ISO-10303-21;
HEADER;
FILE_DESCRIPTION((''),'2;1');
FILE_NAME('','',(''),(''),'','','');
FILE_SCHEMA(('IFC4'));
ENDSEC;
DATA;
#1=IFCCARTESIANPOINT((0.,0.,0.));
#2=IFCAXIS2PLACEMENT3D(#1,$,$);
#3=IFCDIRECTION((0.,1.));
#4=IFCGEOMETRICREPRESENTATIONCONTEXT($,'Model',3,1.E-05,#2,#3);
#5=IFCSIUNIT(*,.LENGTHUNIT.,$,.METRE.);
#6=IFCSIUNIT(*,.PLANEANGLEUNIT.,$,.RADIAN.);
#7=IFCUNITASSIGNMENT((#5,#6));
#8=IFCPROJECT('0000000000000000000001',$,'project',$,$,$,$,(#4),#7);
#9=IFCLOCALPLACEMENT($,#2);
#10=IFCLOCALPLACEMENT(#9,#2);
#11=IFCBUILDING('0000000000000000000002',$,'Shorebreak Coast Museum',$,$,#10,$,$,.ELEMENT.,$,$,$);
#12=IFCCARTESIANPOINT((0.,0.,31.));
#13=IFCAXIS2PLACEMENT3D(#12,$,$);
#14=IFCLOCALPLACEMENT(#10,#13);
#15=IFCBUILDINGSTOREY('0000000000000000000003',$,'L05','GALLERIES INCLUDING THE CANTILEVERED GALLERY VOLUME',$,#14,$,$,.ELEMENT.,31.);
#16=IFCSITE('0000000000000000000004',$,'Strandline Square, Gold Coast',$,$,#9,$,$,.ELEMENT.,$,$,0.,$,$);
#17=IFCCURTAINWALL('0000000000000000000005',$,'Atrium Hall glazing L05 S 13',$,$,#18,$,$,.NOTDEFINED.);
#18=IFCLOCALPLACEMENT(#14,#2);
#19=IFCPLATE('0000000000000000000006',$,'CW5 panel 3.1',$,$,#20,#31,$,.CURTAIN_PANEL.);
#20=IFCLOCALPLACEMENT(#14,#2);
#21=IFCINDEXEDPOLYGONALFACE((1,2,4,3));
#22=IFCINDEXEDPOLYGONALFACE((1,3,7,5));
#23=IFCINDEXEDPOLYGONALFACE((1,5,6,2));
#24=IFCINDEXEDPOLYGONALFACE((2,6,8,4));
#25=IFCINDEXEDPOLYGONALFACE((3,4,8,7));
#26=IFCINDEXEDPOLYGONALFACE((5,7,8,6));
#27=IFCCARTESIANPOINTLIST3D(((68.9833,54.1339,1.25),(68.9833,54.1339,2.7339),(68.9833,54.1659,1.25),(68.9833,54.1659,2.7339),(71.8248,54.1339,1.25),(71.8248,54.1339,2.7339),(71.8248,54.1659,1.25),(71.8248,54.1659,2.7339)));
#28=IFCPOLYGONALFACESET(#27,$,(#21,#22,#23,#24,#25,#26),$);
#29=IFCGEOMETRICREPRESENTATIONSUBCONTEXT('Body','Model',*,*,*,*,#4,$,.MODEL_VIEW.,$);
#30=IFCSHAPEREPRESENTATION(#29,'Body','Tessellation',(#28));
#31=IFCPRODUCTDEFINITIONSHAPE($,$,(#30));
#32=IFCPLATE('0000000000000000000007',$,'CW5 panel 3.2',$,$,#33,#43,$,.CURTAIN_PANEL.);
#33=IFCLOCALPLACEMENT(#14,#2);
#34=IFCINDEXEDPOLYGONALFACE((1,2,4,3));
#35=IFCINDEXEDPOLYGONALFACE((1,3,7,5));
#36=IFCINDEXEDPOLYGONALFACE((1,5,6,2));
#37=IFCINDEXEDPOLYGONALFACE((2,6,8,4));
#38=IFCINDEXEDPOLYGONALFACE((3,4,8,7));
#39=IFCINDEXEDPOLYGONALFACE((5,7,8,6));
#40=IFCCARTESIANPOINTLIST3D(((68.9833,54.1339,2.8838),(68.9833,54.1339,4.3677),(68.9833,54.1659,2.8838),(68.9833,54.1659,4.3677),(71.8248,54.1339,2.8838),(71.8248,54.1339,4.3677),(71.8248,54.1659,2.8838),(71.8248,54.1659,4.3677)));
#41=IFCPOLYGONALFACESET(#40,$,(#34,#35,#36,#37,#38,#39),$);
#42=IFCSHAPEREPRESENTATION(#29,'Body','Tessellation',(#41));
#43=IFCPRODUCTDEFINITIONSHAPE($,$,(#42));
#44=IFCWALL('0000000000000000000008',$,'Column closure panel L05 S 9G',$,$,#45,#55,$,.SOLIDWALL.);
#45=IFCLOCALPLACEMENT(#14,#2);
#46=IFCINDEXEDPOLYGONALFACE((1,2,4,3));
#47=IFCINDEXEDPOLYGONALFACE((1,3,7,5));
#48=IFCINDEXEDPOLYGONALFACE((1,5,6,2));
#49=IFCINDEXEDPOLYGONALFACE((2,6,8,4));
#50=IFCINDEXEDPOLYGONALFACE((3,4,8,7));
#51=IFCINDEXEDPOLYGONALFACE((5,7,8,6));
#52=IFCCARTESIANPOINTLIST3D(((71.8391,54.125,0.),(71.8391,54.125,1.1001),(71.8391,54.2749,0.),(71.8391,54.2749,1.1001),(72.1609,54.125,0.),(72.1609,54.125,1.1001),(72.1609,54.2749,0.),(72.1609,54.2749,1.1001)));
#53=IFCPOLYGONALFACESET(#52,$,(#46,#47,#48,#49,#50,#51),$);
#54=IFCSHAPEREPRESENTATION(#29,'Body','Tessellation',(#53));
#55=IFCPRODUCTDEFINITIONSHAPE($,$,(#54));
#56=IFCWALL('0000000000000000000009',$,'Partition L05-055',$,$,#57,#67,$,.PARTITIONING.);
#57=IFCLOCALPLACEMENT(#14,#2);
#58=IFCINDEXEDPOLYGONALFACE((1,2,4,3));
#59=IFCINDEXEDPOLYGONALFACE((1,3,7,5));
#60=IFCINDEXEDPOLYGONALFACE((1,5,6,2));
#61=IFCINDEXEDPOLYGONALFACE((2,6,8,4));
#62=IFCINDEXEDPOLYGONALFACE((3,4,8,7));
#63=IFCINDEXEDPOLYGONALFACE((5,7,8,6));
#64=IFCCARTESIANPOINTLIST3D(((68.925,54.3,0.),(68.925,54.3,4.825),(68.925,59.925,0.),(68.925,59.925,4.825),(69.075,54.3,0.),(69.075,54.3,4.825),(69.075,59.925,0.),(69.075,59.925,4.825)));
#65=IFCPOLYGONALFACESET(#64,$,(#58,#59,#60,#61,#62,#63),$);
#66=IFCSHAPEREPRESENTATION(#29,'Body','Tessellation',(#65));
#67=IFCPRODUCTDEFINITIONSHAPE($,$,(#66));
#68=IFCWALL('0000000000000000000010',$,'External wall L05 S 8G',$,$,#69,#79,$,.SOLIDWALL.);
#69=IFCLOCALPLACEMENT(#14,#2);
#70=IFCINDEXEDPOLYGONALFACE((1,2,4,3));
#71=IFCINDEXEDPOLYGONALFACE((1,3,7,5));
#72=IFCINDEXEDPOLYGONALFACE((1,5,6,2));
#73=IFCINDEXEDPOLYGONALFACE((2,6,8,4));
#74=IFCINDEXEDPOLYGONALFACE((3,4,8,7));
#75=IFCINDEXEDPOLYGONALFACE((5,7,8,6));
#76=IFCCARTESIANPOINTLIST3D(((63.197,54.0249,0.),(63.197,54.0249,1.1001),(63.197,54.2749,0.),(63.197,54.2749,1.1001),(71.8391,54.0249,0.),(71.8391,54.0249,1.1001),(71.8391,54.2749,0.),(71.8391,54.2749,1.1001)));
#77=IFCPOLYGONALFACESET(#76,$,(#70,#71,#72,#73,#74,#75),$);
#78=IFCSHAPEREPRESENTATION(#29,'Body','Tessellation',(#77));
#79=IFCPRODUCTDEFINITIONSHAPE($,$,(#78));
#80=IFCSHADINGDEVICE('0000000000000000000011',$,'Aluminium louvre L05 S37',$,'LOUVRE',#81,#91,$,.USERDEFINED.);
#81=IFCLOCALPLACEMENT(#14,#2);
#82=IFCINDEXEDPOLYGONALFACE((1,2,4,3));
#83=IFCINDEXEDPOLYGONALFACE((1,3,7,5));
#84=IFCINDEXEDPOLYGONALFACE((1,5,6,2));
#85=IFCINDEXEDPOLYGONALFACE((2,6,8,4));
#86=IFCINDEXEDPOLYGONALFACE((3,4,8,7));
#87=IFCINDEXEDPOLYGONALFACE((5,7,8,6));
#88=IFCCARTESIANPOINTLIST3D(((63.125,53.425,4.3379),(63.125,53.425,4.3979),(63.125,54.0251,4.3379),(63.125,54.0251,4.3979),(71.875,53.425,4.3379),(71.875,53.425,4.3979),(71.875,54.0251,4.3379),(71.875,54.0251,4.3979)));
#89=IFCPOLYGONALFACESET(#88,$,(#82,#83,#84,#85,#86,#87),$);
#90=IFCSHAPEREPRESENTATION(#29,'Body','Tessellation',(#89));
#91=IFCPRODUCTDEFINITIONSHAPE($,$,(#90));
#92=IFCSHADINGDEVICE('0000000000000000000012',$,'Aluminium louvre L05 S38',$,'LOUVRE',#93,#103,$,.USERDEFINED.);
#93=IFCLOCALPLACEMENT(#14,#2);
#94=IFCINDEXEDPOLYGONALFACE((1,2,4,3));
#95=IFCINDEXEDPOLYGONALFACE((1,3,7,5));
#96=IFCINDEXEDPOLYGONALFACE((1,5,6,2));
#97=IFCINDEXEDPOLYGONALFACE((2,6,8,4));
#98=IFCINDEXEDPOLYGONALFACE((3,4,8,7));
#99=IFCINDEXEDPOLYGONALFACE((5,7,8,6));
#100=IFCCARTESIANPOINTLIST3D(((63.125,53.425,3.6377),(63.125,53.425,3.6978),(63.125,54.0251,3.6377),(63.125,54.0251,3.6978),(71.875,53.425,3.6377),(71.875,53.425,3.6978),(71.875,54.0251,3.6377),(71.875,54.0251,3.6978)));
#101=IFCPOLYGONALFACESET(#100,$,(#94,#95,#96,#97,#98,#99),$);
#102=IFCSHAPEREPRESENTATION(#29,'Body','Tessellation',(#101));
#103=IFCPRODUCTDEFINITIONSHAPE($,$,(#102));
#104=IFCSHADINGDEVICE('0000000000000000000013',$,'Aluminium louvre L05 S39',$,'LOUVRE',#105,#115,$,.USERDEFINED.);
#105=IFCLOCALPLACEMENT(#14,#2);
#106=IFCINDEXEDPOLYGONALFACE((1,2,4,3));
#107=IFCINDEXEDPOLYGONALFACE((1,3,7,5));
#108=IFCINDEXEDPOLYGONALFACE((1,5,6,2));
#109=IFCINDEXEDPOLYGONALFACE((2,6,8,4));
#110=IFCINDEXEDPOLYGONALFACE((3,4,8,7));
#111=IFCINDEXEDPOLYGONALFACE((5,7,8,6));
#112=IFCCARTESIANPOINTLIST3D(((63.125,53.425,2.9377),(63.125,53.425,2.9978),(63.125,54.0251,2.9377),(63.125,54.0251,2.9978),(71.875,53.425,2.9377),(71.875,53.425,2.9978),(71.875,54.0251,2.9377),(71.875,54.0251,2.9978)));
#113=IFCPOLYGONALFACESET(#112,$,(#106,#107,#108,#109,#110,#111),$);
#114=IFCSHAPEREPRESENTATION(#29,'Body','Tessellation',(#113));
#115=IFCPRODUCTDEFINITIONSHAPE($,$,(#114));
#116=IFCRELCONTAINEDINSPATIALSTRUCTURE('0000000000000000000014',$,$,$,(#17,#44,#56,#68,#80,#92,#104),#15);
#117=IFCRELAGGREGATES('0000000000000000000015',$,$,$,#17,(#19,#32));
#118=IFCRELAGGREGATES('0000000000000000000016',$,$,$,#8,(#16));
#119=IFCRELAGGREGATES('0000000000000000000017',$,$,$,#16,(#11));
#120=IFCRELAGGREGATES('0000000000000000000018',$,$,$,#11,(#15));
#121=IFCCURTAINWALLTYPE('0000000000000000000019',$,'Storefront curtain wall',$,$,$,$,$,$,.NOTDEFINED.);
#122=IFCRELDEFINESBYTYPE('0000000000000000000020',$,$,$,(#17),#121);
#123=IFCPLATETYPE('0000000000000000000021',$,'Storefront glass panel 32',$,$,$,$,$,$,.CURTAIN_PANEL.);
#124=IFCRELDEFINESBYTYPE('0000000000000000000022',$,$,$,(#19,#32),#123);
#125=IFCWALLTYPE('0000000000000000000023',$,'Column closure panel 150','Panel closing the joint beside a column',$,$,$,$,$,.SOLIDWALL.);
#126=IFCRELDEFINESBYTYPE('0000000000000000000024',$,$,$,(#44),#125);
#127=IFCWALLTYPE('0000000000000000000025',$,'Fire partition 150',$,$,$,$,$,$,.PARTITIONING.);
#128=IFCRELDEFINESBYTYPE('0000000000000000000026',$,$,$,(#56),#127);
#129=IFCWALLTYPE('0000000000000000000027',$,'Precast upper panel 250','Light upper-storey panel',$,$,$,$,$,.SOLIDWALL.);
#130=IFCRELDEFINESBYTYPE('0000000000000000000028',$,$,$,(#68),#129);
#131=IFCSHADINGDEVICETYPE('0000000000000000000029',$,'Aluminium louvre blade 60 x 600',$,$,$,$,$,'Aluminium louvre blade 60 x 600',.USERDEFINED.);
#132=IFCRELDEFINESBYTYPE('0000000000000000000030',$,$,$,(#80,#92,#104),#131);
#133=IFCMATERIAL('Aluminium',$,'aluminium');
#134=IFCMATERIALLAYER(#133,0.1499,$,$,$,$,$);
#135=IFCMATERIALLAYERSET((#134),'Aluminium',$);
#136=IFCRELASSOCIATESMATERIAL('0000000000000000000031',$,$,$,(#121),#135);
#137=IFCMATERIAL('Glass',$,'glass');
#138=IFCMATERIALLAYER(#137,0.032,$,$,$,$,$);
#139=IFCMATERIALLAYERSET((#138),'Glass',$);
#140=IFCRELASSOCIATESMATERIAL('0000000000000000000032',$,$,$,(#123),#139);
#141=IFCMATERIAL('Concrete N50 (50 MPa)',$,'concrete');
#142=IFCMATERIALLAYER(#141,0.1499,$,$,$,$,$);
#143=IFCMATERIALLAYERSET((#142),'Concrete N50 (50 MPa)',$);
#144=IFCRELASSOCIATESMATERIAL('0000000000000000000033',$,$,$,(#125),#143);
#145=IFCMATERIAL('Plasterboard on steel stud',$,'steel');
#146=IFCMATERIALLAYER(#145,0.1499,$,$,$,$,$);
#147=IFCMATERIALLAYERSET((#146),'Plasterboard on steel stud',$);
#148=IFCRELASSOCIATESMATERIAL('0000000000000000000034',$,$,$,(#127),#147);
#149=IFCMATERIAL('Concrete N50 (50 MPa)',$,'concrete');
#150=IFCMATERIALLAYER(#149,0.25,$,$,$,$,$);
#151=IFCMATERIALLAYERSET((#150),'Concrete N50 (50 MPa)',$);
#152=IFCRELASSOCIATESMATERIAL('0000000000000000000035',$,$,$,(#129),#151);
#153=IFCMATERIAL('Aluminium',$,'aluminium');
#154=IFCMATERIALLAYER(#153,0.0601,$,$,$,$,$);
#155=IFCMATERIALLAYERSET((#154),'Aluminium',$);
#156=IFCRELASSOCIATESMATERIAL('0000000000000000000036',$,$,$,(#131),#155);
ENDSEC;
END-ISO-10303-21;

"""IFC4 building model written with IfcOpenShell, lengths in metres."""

from ifc_helpers import new_model, si_unit, direction, frame, frame_2d, origin, origin_2d, place, context, subcontext, project, spatial, rectangle, extrude, material, layer, layer_set, type_object, element, aggregate, save


model = new_model("IFC4")

# Units and contexts
model_context = context("Model", 3, precision=1e-05, world=origin(), true_north=direction((0.0, 1.0)))
body_context = subcontext(model_context, "Body", "Model", "MODEL_VIEW")
ifc_project = project(units=[si_unit("LENGTHUNIT", "METRE"), si_unit("PLANEANGLEUNIT", "RADIAN")], contexts=[model_context])

# Site, building, storey
site_placement = place(None, origin())
site = spatial("IfcSite", under=ifc_project, at=site_placement, Name="Strandline Square, Gold Coast", CompositionType="ELEMENT", RefElevation=0.0)
building_placement = place(site_placement, origin())
building = spatial("IfcBuilding", under=site, at=building_placement, Name="Shorebreak Coast Museum", CompositionType="ELEMENT")
storey_placement = place(building_placement, frame((0.0, 0.0, 31.0)))
storey = spatial("IfcBuildingStorey", under=building, at=storey_placement, Name="L05", Description="GALLERIES INCLUDING THE CANTILEVERED GALLERY VOLUME", CompositionType="ELEMENT", Elevation=31.0)

# Curtain wall, plates
ifc_material_1 = material(Name="Aluminium", Category="aluminium")
ifc_layer_1 = layer(ifc_material_1, 0.1499)
ifc_layer_set_1 = layer_set([ifc_layer_1], Name="Aluminium")
curtain_wall_type = type_object("IfcCurtainWallType", Name="Storefront curtain wall", PredefinedType="NOTDEFINED", material=ifc_layer_set_1)
curtain_wall_placement = place(storey_placement, origin())
curtain_wall = element("IfcCurtainWall", 1, at=curtain_wall_placement, inside=storey, type_object=curtain_wall_type, Name="Atrium Hall glazing L05 S 13", PredefinedType="NOTDEFINED")
ifc_material_2 = material(Name="Glass", Category="glass")
ifc_layer_2 = layer(ifc_material_2, 0.032)
ifc_layer_set_2 = layer_set([ifc_layer_2], Name="Glass")
plate_type = type_object("IfcPlateType", Name="Storefront glass panel 32", PredefinedType="CURTAIN_PANEL", material=ifc_layer_set_2)
plate_1_placement = place(storey_placement, frame((70.4041, 54.1499, 1.25), z_axis=(0.0, 0.0, 1.0), x_axis=(1.0, 0.0, 0.0)))
plate_1 = element("IfcPlate", 2, at=plate_1_placement, type_object=plate_type, Name="CW5 panel 3.1", PredefinedType="CURTAIN_PANEL", context=body_context, shape_type="SweptSolid", body=[
    extrude(rectangle(XDim=2.8416, YDim=0.032, at=origin_2d()), origin(), (0.0, 0.0, 1.0), 1.4839),
])
plate_2_placement = place(storey_placement, frame((70.4041, 54.1499, 2.8838), z_axis=(0.0, 0.0, 1.0), x_axis=(1.0, 0.0, 0.0)))
plate_2 = element("IfcPlate", 3, at=plate_2_placement, type_object=plate_type, Name="CW5 panel 3.2", PredefinedType="CURTAIN_PANEL", context=body_context, shape_type="SweptSolid", body=[
    extrude(rectangle(XDim=2.8416, YDim=0.032, at=origin_2d()), origin(), (0.0, 0.0, 1.0), 1.4839),
])
aggregate(curtain_wall, [plate_1, plate_2])

# Walls
ifc_material_3 = material(Name="Concrete N50 (50 MPa)", Category="concrete")
ifc_layer_3 = layer(ifc_material_3, 0.1499)
ifc_layer_set_3 = layer_set([ifc_layer_3], Name="Concrete N50 (50 MPa)")
wall_type_1 = type_object("IfcWallType", Name="Column closure panel 150", Description="Panel closing the joint beside a column", PredefinedType="SOLIDWALL", material=ifc_layer_set_3)
wall_1_placement = place(storey_placement, frame((71.8391, 54.2, 0.0), z_axis=(0.0, 0.0, 1.0), x_axis=(1.0, 0.0, 0.0)))
element("IfcWall", 4, at=wall_1_placement, inside=storey, type_object=wall_type_1, Name="Column closure panel L05 S 9G", PredefinedType="SOLIDWALL", context=body_context, shape_type="SweptSolid", body=[
    extrude(rectangle(XDim=0.3218, YDim=0.1499, at=frame_2d((0.1609, 0.0))), origin(), (0.0, 0.0, 1.0), 1.1001),
])
ifc_material_4 = material(Name="Plasterboard on steel stud", Category="steel")
ifc_layer_4 = layer(ifc_material_4, 0.1499)
ifc_layer_set_4 = layer_set([ifc_layer_4], Name="Plasterboard on steel stud")
wall_type_2 = type_object("IfcWallType", Name="Fire partition 150", PredefinedType="PARTITIONING", material=ifc_layer_set_4)
wall_2_placement = place(storey_placement, frame((69.0, 54.3, 0.0), z_axis=(0.0, 0.0, 1.0), x_axis=(0.0, 1.0, 0.0)))
element("IfcWall", 5, at=wall_2_placement, inside=storey, type_object=wall_type_2, Name="Partition L05-055", PredefinedType="PARTITIONING", context=body_context, shape_type="SweptSolid", body=[
    extrude(rectangle(XDim=5.625, YDim=0.1499, at=frame_2d((2.8125, 0.0))), origin(), (0.0, 0.0, 1.0), 4.825),
])
ifc_material_5 = material(Name="Concrete N50 (50 MPa)", Category="concrete")
ifc_layer_5 = layer(ifc_material_5, 0.25)
ifc_layer_set_5 = layer_set([ifc_layer_5], Name="Concrete N50 (50 MPa)")
wall_type_3 = type_object("IfcWallType", Name="Precast upper panel 250", Description="Light upper-storey panel", PredefinedType="SOLIDWALL", material=ifc_layer_set_5)
wall_3_placement = place(storey_placement, frame((63.197, 54.1499, 0.0), z_axis=(0.0, 0.0, 1.0), x_axis=(1.0, 0.0, 0.0)))
element("IfcWall", 6, at=wall_3_placement, inside=storey, type_object=wall_type_3, Name="External wall L05 S 8G", PredefinedType="SOLIDWALL", context=body_context, shape_type="SweptSolid", body=[
    extrude(rectangle(XDim=8.6421, YDim=0.25, at=frame_2d((4.321, 0.0))), origin(), (0.0, 0.0, 1.0), 1.1001),
])

# Shading devices
ifc_material_6 = material(Name="Aluminium", Category="aluminium")
ifc_layer_6 = layer(ifc_material_6, 0.0601)
ifc_layer_set_6 = layer_set([ifc_layer_6], Name="Aluminium")
shading_device_type = type_object("IfcShadingDeviceType", Name="Aluminium louvre blade 60 x 600", ElementType="Aluminium louvre blade 60 x 600", PredefinedType="USERDEFINED", material=ifc_layer_set_6)
for number, where, z_axis, x_axis, name in (
    (7, (67.5, 53.7251, 4.3379), (0.0, 0.0, 1.0), (1.0, 0.0, 0.0), "Aluminium louvre L05 S37"),
    (8, (67.5, 53.7251, 3.6377), (0.0, 0.0, 1.0), (1.0, 0.0, 0.0), "Aluminium louvre L05 S38"),
    (9, (67.5, 53.7251, 2.9377), (0.0, 0.0, 1.0), (1.0, 0.0, 0.0), "Aluminium louvre L05 S39"),
):
    element("IfcShadingDevice", number, at=place(storey_placement, frame(where, z_axis=z_axis, x_axis=x_axis)), inside=storey, type_object=shading_device_type, Name=name, ObjectType="LOUVRE", PredefinedType="USERDEFINED", context=body_context, shape_type="SweptSolid", body=[
        extrude(rectangle(XDim=8.75, YDim=0.6001, at=origin_2d()), origin(), (0.0, 0.0, 1.0), 0.0601),
    ])

save(model, "model.ifc")
